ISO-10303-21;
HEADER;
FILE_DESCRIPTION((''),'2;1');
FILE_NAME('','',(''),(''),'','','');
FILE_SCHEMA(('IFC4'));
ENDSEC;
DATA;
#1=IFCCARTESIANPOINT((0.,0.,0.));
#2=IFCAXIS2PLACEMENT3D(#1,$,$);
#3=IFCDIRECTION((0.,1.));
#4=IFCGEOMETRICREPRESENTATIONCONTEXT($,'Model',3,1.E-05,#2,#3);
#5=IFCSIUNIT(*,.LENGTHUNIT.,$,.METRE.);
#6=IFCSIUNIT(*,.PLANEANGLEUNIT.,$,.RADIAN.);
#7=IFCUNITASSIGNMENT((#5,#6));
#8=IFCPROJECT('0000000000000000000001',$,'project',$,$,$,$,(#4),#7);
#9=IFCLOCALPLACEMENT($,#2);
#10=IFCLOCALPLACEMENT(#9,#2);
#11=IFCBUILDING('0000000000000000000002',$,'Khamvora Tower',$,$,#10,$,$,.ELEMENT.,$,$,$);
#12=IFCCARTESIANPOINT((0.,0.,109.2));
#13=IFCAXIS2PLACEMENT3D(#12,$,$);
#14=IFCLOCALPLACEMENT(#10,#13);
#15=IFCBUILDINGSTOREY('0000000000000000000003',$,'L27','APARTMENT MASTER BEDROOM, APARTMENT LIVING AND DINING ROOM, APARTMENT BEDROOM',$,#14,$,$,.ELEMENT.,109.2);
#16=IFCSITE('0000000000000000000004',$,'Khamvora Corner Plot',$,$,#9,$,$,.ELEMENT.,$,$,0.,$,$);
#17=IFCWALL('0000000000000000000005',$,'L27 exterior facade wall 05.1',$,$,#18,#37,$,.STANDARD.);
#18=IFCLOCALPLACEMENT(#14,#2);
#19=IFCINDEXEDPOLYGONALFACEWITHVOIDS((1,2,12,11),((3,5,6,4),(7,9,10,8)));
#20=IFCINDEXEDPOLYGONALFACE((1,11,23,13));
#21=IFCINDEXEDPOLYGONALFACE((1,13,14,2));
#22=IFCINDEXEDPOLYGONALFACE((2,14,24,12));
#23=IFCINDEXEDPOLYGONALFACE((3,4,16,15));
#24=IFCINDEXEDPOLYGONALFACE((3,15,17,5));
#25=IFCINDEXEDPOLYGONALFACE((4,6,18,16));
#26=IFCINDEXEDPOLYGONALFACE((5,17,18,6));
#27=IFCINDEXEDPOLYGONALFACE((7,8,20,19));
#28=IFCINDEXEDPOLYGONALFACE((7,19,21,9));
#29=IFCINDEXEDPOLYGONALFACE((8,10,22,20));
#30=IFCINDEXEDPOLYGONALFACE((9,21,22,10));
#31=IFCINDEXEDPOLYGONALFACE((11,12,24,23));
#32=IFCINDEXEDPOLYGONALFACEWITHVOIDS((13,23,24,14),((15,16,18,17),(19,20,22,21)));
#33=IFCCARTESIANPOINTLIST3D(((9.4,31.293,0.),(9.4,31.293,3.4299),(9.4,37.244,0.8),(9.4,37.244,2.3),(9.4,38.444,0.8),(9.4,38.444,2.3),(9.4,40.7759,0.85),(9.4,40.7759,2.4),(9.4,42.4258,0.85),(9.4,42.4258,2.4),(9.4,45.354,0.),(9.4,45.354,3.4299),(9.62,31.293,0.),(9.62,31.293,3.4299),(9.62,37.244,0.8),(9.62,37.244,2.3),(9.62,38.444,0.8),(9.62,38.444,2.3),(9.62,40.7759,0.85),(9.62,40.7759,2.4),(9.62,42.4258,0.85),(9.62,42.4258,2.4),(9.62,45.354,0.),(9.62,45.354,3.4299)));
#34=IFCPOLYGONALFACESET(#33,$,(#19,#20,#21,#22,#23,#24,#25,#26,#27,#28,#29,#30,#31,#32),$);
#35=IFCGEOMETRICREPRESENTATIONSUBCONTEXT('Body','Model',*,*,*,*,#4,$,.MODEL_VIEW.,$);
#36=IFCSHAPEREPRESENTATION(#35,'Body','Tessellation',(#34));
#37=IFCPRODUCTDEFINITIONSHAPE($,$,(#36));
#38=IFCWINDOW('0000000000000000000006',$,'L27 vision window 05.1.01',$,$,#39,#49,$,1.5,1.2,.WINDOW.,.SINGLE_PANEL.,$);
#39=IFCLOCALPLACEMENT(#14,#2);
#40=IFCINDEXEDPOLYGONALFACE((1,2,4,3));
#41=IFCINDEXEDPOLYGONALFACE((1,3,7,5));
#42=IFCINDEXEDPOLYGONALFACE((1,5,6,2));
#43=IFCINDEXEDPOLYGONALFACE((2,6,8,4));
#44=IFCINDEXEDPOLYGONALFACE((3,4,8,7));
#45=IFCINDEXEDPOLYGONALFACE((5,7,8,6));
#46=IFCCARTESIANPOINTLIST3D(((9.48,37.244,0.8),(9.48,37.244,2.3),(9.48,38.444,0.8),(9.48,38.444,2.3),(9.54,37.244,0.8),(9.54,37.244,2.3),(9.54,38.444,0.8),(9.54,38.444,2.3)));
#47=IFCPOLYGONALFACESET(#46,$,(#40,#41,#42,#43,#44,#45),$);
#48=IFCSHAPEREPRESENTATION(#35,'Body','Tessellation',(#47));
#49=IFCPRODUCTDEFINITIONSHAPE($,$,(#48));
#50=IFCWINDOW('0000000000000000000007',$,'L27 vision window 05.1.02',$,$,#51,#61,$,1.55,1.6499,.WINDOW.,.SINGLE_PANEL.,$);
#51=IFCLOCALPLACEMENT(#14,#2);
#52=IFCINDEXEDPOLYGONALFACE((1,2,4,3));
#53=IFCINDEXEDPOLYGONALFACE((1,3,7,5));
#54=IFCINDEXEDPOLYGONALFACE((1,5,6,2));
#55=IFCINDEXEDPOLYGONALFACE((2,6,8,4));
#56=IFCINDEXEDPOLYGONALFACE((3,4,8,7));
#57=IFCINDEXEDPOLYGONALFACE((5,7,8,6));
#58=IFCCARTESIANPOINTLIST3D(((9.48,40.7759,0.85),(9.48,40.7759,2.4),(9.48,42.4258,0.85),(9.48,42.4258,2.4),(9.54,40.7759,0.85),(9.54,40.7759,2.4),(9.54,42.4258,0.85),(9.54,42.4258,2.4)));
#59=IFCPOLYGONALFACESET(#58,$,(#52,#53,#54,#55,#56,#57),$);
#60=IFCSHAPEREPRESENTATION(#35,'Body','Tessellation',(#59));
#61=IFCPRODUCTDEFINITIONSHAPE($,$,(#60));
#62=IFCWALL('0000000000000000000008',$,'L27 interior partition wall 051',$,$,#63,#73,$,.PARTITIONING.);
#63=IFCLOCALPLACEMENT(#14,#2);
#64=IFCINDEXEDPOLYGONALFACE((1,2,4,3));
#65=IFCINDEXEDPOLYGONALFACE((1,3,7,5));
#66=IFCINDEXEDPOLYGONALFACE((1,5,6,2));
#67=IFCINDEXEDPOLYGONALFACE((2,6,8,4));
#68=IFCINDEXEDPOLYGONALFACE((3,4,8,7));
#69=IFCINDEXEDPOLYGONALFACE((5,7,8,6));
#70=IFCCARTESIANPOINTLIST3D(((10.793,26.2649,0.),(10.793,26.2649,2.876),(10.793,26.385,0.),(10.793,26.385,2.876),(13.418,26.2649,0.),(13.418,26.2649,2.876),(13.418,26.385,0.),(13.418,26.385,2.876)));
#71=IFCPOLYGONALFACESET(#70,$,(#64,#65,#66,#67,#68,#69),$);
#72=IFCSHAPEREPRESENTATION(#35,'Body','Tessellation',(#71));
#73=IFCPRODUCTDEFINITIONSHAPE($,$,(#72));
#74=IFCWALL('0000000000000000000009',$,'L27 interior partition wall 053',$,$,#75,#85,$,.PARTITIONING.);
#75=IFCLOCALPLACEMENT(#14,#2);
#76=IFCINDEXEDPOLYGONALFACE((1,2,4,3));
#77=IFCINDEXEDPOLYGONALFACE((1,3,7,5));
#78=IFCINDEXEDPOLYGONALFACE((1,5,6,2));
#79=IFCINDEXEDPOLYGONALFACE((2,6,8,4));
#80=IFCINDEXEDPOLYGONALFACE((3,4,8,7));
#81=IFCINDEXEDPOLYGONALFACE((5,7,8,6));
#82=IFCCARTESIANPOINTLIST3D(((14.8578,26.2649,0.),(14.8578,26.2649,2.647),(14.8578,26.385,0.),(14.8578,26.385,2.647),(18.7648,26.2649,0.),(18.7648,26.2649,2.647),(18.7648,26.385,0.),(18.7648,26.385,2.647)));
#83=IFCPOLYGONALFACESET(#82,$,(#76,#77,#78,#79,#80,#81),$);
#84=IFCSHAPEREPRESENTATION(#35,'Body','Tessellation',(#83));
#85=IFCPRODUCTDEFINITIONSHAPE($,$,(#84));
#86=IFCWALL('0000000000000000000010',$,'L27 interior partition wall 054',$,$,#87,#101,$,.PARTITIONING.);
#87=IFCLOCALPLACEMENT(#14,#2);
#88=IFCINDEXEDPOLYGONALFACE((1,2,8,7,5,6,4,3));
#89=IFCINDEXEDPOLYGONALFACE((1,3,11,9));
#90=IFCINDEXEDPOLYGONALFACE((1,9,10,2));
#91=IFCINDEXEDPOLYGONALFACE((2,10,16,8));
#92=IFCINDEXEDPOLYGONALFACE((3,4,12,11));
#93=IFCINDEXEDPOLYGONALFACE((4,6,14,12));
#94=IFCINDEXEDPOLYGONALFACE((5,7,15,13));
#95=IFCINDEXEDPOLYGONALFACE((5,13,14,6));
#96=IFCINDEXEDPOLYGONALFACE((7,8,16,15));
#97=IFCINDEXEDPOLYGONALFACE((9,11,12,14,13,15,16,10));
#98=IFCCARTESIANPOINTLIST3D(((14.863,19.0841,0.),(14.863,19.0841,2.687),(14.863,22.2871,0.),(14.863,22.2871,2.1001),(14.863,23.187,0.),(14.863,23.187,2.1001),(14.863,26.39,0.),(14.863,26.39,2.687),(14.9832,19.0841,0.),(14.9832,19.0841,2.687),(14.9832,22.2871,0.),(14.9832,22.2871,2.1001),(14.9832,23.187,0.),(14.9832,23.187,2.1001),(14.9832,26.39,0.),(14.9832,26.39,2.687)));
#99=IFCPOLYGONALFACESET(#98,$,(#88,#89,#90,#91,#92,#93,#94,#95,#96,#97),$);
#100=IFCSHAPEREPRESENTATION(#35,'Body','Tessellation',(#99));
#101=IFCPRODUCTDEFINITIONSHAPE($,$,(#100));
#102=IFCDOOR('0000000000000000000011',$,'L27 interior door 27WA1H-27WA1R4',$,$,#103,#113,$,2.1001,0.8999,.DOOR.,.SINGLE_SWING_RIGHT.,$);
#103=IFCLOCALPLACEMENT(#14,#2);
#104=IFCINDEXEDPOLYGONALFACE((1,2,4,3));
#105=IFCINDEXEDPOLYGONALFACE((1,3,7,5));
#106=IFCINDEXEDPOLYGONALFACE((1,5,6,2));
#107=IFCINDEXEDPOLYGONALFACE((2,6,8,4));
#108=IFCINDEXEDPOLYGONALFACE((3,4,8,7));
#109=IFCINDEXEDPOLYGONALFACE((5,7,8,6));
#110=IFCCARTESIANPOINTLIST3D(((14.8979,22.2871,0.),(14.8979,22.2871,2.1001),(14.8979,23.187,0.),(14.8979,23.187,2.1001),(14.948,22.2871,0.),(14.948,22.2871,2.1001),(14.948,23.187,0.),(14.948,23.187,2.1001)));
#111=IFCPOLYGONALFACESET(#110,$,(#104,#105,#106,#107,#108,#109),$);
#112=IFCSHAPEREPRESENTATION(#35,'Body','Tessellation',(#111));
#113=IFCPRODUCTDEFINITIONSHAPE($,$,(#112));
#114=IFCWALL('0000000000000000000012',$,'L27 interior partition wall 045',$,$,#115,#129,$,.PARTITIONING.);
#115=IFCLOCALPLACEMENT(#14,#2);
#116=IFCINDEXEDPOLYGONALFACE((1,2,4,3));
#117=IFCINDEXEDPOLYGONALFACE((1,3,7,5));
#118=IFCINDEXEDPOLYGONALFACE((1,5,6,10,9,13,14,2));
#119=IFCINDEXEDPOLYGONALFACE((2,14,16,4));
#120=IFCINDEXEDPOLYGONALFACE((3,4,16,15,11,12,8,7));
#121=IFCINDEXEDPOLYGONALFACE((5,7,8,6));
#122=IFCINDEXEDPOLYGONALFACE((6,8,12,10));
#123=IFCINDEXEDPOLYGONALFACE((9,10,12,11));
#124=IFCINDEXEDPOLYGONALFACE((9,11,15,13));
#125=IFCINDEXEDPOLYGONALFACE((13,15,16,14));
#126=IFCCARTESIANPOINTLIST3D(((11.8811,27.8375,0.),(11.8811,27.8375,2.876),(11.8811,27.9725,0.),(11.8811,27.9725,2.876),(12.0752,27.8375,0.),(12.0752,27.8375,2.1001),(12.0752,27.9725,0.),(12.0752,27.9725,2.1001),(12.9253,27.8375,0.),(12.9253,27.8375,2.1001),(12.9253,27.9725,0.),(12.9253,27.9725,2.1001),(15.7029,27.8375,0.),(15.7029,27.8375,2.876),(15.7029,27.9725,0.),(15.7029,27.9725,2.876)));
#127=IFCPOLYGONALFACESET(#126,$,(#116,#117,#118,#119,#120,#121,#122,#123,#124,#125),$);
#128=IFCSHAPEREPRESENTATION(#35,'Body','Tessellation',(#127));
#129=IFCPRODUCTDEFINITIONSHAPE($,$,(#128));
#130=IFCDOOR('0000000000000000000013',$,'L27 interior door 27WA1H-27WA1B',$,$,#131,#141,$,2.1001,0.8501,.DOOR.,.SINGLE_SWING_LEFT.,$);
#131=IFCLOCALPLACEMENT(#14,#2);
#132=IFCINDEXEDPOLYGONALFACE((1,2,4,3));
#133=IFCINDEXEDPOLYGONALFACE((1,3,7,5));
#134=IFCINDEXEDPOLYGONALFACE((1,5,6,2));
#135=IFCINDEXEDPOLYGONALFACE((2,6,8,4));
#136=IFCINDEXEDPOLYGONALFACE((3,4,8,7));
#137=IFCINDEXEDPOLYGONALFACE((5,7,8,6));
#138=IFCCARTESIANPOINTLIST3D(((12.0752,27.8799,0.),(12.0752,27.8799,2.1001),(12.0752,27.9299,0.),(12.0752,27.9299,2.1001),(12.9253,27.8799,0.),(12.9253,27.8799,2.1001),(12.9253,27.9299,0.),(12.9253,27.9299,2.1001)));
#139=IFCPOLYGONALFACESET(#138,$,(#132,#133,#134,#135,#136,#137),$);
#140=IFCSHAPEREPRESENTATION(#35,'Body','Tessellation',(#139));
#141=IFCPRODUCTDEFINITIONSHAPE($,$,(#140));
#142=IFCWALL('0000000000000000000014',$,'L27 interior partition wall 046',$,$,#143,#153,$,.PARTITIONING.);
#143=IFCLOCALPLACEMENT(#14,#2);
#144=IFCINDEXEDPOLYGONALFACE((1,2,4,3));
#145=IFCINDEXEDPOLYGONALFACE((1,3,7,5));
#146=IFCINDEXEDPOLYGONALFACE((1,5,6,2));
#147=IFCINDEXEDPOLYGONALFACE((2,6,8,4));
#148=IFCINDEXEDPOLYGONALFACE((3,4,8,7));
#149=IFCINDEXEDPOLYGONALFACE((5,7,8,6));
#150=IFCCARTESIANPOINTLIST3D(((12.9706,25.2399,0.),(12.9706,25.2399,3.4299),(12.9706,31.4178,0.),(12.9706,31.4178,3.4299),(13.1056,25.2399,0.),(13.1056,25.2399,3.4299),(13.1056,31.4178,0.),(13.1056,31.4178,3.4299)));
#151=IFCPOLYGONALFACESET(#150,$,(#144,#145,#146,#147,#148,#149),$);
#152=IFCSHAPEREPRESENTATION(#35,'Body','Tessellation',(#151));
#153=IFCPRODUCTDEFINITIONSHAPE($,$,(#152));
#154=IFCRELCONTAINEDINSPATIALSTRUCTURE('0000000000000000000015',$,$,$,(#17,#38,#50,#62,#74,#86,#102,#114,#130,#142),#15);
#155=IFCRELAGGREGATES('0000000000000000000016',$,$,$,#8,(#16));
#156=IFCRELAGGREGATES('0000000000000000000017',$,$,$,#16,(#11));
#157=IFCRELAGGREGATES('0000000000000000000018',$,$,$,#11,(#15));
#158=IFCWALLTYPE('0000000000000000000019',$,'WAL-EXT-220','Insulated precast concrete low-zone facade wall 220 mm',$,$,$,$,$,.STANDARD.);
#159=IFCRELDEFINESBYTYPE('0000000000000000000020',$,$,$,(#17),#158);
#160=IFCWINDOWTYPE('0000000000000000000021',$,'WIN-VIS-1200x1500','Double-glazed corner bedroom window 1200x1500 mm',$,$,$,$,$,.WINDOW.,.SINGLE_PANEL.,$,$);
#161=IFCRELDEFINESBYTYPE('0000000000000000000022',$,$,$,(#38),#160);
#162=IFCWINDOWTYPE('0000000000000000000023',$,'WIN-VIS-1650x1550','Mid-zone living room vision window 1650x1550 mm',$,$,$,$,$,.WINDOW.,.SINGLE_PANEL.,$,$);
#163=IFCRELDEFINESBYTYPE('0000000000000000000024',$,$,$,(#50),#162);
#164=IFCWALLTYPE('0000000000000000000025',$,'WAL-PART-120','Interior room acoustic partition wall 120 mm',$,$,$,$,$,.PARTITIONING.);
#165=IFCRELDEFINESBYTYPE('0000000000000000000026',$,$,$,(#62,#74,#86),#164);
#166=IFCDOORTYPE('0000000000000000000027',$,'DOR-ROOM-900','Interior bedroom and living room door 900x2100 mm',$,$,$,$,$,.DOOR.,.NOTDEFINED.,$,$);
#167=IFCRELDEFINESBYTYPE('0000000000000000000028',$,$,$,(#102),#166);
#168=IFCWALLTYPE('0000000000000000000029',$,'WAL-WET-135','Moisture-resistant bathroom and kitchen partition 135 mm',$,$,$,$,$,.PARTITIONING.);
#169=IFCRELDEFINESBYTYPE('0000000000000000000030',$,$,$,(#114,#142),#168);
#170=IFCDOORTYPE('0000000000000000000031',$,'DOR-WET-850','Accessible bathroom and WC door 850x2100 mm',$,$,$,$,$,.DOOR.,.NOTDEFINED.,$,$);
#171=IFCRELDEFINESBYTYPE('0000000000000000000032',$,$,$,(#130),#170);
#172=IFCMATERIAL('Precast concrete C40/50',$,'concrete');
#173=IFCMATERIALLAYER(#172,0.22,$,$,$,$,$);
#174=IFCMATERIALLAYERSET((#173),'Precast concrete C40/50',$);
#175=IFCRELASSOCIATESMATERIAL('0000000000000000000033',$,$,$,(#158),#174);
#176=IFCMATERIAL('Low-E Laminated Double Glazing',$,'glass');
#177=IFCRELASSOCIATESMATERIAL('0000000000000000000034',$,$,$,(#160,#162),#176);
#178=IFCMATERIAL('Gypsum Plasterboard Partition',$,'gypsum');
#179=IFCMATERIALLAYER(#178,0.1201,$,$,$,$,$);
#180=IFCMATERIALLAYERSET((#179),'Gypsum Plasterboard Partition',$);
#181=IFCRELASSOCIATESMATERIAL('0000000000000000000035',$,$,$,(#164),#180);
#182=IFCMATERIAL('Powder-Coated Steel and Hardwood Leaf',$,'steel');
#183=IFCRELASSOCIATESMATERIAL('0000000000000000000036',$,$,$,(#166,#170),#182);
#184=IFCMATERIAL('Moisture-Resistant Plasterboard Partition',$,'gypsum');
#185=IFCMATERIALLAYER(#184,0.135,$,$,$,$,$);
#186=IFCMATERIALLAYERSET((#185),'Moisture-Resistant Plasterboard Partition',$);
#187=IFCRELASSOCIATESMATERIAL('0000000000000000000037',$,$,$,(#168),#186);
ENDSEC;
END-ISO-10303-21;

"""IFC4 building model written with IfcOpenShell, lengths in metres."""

from ifc_helpers import new_model, si_unit, direction, frame, frame_2d, origin, place, context, subcontext, project, spatial, rectangle, extrude, material, layer, layer_set, type_object, element, fill, save


model = new_model("IFC4")

# Units and contexts
model_context = context("Model", 3, precision=1e-05, world=origin(), true_north=direction((0.0, 1.0)))
body_context = subcontext(model_context, "Body", "Model", "MODEL_VIEW")
ifc_project = project(units=[si_unit("LENGTHUNIT", "METRE"), si_unit("PLANEANGLEUNIT", "RADIAN")], contexts=[model_context])

# Site, building, storey
site_placement = place(None, origin())
site = spatial("IfcSite", under=ifc_project, at=site_placement, Name="Khamvora Corner Plot", CompositionType="ELEMENT", RefElevation=0.0)
building_placement = place(site_placement, origin())
building = spatial("IfcBuilding", under=site, at=building_placement, Name="Khamvora Tower", CompositionType="ELEMENT")
storey_placement = place(building_placement, frame((0.0, 0.0, 109.2)))
storey = spatial("IfcBuildingStorey", under=building, at=storey_placement, Name="L27", Description="APARTMENT MASTER BEDROOM, APARTMENT LIVING AND DINING ROOM, APARTMENT BEDROOM", CompositionType="ELEMENT", Elevation=109.2)

# Shared definitions
ifc_material_1 = material(Name="Powder-Coated Steel and Hardwood Leaf", Category="steel")

# Shared definitions
ifc_material_2 = material(Name="Precast concrete C40/50", Category="concrete")
ifc_layer_1 = layer(ifc_material_2, 0.22)
ifc_layer_set_1 = layer_set([ifc_layer_1], Name="Precast concrete C40/50")
wall_type_1 = type_object("IfcWallType", Name="WAL-EXT-220", Description="Insulated precast concrete low-zone facade wall 220 mm", PredefinedType="STANDARD", material=ifc_layer_set_1)
ifc_material_3 = material(Name="Low-E Laminated Double Glazing", Category="glass")

# Wall, openings, windows
wall_1_placement = place(storey_placement, frame((9.51, 31.293, 0.0), z_axis=(0.0, 0.0, 1.0), x_axis=(0.0, 1.0, 0.0)))
wall_1 = element("IfcWall", 1, at=wall_1_placement, inside=storey, type_object=wall_type_1, Name="L27 exterior facade wall 05.1", PredefinedType="STANDARD", context=body_context, shape_type="SweptSolid", body=[
    extrude(rectangle(XDim=14.061, YDim=0.22, at=frame_2d((7.0305, 0.0))), origin(), (0.0, 0.0, 1.0), 3.4299),
])
opening_1_placement = place(wall_1_placement, frame((5.9509, 0.0, 0.8)))
opening_1 = element("IfcOpeningElement", 2, at=opening_1_placement, cuts=wall_1, PredefinedType="OPENING", context=body_context, shape_type="SweptSolid", body=[
    extrude(rectangle(XDim=1.2, YDim=1.5, at=frame_2d((0.6001, 0.75))), frame((0.0, 0.1199, 0.0), z_axis=(0.0, -1.0, 0.0), x_axis=(1.0, 0.0, 0.0)), (0.0, 0.0, 1.0), 0.24),
])
opening_2_placement = place(wall_1_placement, frame((9.4829, 0.0, 0.8501)))
opening_2 = element("IfcOpeningElement", 3, at=opening_2_placement, cuts=wall_1, PredefinedType="OPENING", context=body_context, shape_type="SweptSolid", body=[
    extrude(rectangle(XDim=1.6499, YDim=1.55, at=frame_2d((0.825, 0.7749))), frame((0.0, 0.1199, 0.0), z_axis=(0.0, -1.0, 0.0), x_axis=(1.0, 0.0, 0.0)), (0.0, 0.0, 1.0), 0.24),
])
window_type_1 = type_object("IfcWindowType", Name="WIN-VIS-1200x1500", Description="Double-glazed corner bedroom window 1200x1500 mm", PartitioningType="SINGLE_PANEL", PredefinedType="WINDOW", material=ifc_material_3)
window_1_placement = place(opening_1_placement, origin())
window_1 = element("IfcWindow", 4, at=window_1_placement, inside=storey, type_object=window_type_1, Name="L27 vision window 05.1.01", OverallHeight=1.5, OverallWidth=1.2, PartitioningType="SINGLE_PANEL", PredefinedType="WINDOW", context=body_context, shape_type="SweptSolid", body=[
    extrude(rectangle(XDim=1.2, YDim=1.5, at=frame_2d((0.6001, 0.75))), frame((0.0, 0.03, 0.0), z_axis=(0.0, -1.0, 0.0), x_axis=(1.0, 0.0, 0.0)), (0.0, 0.0, 1.0), 0.0601),
])
fill(opening_1, window_1)
window_type_2 = type_object("IfcWindowType", Name="WIN-VIS-1650x1550", Description="Mid-zone living room vision window 1650x1550 mm", PartitioningType="SINGLE_PANEL", PredefinedType="WINDOW", material=ifc_material_3)
window_2_placement = place(opening_2_placement, origin())
window_2 = element("IfcWindow", 5, at=window_2_placement, inside=storey, type_object=window_type_2, Name="L27 vision window 05.1.02", OverallHeight=1.55, OverallWidth=1.6499, PartitioningType="SINGLE_PANEL", PredefinedType="WINDOW", context=body_context, shape_type="SweptSolid", body=[
    extrude(rectangle(XDim=1.6499, YDim=1.55, at=frame_2d((0.825, 0.7749))), frame((0.0, 0.03, 0.0), z_axis=(0.0, -1.0, 0.0), x_axis=(1.0, 0.0, 0.0)), (0.0, 0.0, 1.0), 0.0601),
])
fill(opening_2, window_2)

# Walls
ifc_material_4 = material(Name="Gypsum Plasterboard Partition", Category="gypsum")
ifc_layer_2 = layer(ifc_material_4, 0.1201)
ifc_layer_set_2 = layer_set([ifc_layer_2], Name="Gypsum Plasterboard Partition")
wall_type_2 = type_object("IfcWallType", Name="WAL-PART-120", Description="Interior room acoustic partition wall 120 mm", PredefinedType="PARTITIONING", material=ifc_layer_set_2)
wall_2_placement = place(storey_placement, frame((13.418, 26.325, 0.0), z_axis=(0.0, 0.0, 1.0), x_axis=(-1.0, 0.0, 0.0)))
element("IfcWall", 6, at=wall_2_placement, inside=storey, type_object=wall_type_2, Name="L27 interior partition wall 051", PredefinedType="PARTITIONING", context=body_context, shape_type="SweptSolid", body=[
    extrude(rectangle(XDim=2.625, YDim=0.1201, at=frame_2d((1.3125, 0.0))), origin(), (0.0, 0.0, 1.0), 2.876),
])
wall_3_placement = place(storey_placement, frame((18.7649, 26.325, 0.0), z_axis=(0.0, 0.0, 1.0), x_axis=(-1.0, 0.0, 0.0)))
element("IfcWall", 7, at=wall_3_placement, inside=storey, type_object=wall_type_2, Name="L27 interior partition wall 053", PredefinedType="PARTITIONING", context=body_context, shape_type="SweptSolid", body=[
    extrude(rectangle(XDim=3.907, YDim=0.1201, at=frame_2d((1.9536, 0.0))), origin(), (0.0, 0.0, 1.0), 2.647),
])

# Walls, openings, doors
wall_4_placement = place(storey_placement, frame((14.9231, 26.3899, 0.0), z_axis=(0.0, 0.0, 1.0), x_axis=(0.0, -1.0, 0.0)))
wall_4 = element("IfcWall", 8, at=wall_4_placement, inside=storey, type_object=wall_type_2, Name="L27 interior partition wall 054", PredefinedType="PARTITIONING", context=body_context, shape_type="SweptSolid", body=[
    extrude(rectangle(XDim=7.3059, YDim=0.1201, at=frame_2d((3.6528, 0.0))), origin(), (0.0, 0.0, 1.0), 2.687),
])
opening_3_placement = place(wall_4_placement, frame((3.2029, 0.0, 0.0)))
opening_3 = element("IfcOpeningElement", 9, at=opening_3_placement, cuts=wall_4, PredefinedType="OPENING", context=body_context, shape_type="SweptSolid", body=[
    extrude(rectangle(XDim=0.8999, YDim=2.1001, at=frame_2d((0.45, 1.05))), frame((0.0, 0.0701, 0.0), z_axis=(0.0, -1.0, 0.0), x_axis=(1.0, 0.0, 0.0)), (0.0, 0.0, 1.0), 0.1401),
])
door_type_1 = type_object("IfcDoorType", Name="DOR-ROOM-900", Description="Interior bedroom and living room door 900x2100 mm", OperationType="NOTDEFINED", PredefinedType="DOOR", material=ifc_material_1)
door_1_placement = place(opening_3_placement, origin())
door_1 = element("IfcDoor", 10, at=door_1_placement, inside=storey, type_object=door_type_1, Name="L27 interior door 27WA1H-27WA1R4", OperationType="SINGLE_SWING_RIGHT", OverallHeight=2.1001, OverallWidth=0.8999, PredefinedType="DOOR", context=body_context, shape_type="SweptSolid", body=[
    extrude(rectangle(XDim=0.8999, YDim=2.1001, at=frame_2d((0.45, 1.05))), frame((0.0, 0.0249, 0.0), z_axis=(0.0, -1.0, 0.0), x_axis=(1.0, 0.0, 0.0)), (0.0, 0.0, 1.0), 0.05),
])
fill(opening_3, door_1)
ifc_material_5 = material(Name="Moisture-Resistant Plasterboard Partition", Category="gypsum")
ifc_layer_3 = layer(ifc_material_5, 0.135)
ifc_layer_set_3 = layer_set([ifc_layer_3], Name="Moisture-Resistant Plasterboard Partition")
wall_type_3 = type_object("IfcWallType", Name="WAL-WET-135", Description="Moisture-resistant bathroom and kitchen partition 135 mm", PredefinedType="PARTITIONING", material=ifc_layer_set_3)
wall_5_placement = place(storey_placement, frame((11.8811, 27.905, 0.0), z_axis=(0.0, 0.0, 1.0), x_axis=(1.0, 0.0, 0.0)))
wall_5 = element("IfcWall", 11, at=wall_5_placement, inside=storey, type_object=wall_type_3, Name="L27 interior partition wall 045", PredefinedType="PARTITIONING", context=body_context, shape_type="SweptSolid", body=[
    extrude(rectangle(XDim=3.8218, YDim=0.135, at=frame_2d((1.9109, 0.0))), origin(), (0.0, 0.0, 1.0), 2.876),
])
opening_4_placement = place(wall_5_placement, frame((0.1941, 0.0, 0.0)))
opening_4 = element("IfcOpeningElement", 12, at=opening_4_placement, cuts=wall_5, PredefinedType="OPENING", context=body_context, shape_type="SweptSolid", body=[
    extrude(rectangle(XDim=0.8501, YDim=2.1001, at=frame_2d((0.425, 1.05))), frame((0.0, 0.0774, 0.0), z_axis=(0.0, -1.0, 0.0), x_axis=(1.0, 0.0, 0.0)), (0.0, 0.0, 1.0), 0.155),
])
door_type_2 = type_object("IfcDoorType", Name="DOR-WET-850", Description="Accessible bathroom and WC door 850x2100 mm", OperationType="NOTDEFINED", PredefinedType="DOOR", material=ifc_material_1)
door_2_placement = place(opening_4_placement, origin())
door_2 = element("IfcDoor", 13, at=door_2_placement, inside=storey, type_object=door_type_2, Name="L27 interior door 27WA1H-27WA1B", OperationType="SINGLE_SWING_LEFT", OverallHeight=2.1001, OverallWidth=0.8501, PredefinedType="DOOR", context=body_context, shape_type="SweptSolid", body=[
    extrude(rectangle(XDim=0.8501, YDim=2.1001, at=frame_2d((0.425, 1.05))), frame((0.0, 0.0249, 0.0), z_axis=(0.0, -1.0, 0.0), x_axis=(1.0, 0.0, 0.0)), (0.0, 0.0, 1.0), 0.05),
])
fill(opening_4, door_2)

# Wall
wall_6_placement = place(storey_placement, frame((13.0381, 25.24, 0.0), z_axis=(0.0, 0.0, 1.0), x_axis=(0.0, 1.0, 0.0)))
element("IfcWall", 14, at=wall_6_placement, inside=storey, type_object=wall_type_3, Name="L27 interior partition wall 046", PredefinedType="PARTITIONING", context=body_context, shape_type="SweptSolid", body=[
    extrude(rectangle(XDim=6.178, YDim=0.135, at=frame_2d((3.0889, 0.0))), origin(), (0.0, 0.0, 1.0), 3.4299),
])

save(model, "model.ifc")
